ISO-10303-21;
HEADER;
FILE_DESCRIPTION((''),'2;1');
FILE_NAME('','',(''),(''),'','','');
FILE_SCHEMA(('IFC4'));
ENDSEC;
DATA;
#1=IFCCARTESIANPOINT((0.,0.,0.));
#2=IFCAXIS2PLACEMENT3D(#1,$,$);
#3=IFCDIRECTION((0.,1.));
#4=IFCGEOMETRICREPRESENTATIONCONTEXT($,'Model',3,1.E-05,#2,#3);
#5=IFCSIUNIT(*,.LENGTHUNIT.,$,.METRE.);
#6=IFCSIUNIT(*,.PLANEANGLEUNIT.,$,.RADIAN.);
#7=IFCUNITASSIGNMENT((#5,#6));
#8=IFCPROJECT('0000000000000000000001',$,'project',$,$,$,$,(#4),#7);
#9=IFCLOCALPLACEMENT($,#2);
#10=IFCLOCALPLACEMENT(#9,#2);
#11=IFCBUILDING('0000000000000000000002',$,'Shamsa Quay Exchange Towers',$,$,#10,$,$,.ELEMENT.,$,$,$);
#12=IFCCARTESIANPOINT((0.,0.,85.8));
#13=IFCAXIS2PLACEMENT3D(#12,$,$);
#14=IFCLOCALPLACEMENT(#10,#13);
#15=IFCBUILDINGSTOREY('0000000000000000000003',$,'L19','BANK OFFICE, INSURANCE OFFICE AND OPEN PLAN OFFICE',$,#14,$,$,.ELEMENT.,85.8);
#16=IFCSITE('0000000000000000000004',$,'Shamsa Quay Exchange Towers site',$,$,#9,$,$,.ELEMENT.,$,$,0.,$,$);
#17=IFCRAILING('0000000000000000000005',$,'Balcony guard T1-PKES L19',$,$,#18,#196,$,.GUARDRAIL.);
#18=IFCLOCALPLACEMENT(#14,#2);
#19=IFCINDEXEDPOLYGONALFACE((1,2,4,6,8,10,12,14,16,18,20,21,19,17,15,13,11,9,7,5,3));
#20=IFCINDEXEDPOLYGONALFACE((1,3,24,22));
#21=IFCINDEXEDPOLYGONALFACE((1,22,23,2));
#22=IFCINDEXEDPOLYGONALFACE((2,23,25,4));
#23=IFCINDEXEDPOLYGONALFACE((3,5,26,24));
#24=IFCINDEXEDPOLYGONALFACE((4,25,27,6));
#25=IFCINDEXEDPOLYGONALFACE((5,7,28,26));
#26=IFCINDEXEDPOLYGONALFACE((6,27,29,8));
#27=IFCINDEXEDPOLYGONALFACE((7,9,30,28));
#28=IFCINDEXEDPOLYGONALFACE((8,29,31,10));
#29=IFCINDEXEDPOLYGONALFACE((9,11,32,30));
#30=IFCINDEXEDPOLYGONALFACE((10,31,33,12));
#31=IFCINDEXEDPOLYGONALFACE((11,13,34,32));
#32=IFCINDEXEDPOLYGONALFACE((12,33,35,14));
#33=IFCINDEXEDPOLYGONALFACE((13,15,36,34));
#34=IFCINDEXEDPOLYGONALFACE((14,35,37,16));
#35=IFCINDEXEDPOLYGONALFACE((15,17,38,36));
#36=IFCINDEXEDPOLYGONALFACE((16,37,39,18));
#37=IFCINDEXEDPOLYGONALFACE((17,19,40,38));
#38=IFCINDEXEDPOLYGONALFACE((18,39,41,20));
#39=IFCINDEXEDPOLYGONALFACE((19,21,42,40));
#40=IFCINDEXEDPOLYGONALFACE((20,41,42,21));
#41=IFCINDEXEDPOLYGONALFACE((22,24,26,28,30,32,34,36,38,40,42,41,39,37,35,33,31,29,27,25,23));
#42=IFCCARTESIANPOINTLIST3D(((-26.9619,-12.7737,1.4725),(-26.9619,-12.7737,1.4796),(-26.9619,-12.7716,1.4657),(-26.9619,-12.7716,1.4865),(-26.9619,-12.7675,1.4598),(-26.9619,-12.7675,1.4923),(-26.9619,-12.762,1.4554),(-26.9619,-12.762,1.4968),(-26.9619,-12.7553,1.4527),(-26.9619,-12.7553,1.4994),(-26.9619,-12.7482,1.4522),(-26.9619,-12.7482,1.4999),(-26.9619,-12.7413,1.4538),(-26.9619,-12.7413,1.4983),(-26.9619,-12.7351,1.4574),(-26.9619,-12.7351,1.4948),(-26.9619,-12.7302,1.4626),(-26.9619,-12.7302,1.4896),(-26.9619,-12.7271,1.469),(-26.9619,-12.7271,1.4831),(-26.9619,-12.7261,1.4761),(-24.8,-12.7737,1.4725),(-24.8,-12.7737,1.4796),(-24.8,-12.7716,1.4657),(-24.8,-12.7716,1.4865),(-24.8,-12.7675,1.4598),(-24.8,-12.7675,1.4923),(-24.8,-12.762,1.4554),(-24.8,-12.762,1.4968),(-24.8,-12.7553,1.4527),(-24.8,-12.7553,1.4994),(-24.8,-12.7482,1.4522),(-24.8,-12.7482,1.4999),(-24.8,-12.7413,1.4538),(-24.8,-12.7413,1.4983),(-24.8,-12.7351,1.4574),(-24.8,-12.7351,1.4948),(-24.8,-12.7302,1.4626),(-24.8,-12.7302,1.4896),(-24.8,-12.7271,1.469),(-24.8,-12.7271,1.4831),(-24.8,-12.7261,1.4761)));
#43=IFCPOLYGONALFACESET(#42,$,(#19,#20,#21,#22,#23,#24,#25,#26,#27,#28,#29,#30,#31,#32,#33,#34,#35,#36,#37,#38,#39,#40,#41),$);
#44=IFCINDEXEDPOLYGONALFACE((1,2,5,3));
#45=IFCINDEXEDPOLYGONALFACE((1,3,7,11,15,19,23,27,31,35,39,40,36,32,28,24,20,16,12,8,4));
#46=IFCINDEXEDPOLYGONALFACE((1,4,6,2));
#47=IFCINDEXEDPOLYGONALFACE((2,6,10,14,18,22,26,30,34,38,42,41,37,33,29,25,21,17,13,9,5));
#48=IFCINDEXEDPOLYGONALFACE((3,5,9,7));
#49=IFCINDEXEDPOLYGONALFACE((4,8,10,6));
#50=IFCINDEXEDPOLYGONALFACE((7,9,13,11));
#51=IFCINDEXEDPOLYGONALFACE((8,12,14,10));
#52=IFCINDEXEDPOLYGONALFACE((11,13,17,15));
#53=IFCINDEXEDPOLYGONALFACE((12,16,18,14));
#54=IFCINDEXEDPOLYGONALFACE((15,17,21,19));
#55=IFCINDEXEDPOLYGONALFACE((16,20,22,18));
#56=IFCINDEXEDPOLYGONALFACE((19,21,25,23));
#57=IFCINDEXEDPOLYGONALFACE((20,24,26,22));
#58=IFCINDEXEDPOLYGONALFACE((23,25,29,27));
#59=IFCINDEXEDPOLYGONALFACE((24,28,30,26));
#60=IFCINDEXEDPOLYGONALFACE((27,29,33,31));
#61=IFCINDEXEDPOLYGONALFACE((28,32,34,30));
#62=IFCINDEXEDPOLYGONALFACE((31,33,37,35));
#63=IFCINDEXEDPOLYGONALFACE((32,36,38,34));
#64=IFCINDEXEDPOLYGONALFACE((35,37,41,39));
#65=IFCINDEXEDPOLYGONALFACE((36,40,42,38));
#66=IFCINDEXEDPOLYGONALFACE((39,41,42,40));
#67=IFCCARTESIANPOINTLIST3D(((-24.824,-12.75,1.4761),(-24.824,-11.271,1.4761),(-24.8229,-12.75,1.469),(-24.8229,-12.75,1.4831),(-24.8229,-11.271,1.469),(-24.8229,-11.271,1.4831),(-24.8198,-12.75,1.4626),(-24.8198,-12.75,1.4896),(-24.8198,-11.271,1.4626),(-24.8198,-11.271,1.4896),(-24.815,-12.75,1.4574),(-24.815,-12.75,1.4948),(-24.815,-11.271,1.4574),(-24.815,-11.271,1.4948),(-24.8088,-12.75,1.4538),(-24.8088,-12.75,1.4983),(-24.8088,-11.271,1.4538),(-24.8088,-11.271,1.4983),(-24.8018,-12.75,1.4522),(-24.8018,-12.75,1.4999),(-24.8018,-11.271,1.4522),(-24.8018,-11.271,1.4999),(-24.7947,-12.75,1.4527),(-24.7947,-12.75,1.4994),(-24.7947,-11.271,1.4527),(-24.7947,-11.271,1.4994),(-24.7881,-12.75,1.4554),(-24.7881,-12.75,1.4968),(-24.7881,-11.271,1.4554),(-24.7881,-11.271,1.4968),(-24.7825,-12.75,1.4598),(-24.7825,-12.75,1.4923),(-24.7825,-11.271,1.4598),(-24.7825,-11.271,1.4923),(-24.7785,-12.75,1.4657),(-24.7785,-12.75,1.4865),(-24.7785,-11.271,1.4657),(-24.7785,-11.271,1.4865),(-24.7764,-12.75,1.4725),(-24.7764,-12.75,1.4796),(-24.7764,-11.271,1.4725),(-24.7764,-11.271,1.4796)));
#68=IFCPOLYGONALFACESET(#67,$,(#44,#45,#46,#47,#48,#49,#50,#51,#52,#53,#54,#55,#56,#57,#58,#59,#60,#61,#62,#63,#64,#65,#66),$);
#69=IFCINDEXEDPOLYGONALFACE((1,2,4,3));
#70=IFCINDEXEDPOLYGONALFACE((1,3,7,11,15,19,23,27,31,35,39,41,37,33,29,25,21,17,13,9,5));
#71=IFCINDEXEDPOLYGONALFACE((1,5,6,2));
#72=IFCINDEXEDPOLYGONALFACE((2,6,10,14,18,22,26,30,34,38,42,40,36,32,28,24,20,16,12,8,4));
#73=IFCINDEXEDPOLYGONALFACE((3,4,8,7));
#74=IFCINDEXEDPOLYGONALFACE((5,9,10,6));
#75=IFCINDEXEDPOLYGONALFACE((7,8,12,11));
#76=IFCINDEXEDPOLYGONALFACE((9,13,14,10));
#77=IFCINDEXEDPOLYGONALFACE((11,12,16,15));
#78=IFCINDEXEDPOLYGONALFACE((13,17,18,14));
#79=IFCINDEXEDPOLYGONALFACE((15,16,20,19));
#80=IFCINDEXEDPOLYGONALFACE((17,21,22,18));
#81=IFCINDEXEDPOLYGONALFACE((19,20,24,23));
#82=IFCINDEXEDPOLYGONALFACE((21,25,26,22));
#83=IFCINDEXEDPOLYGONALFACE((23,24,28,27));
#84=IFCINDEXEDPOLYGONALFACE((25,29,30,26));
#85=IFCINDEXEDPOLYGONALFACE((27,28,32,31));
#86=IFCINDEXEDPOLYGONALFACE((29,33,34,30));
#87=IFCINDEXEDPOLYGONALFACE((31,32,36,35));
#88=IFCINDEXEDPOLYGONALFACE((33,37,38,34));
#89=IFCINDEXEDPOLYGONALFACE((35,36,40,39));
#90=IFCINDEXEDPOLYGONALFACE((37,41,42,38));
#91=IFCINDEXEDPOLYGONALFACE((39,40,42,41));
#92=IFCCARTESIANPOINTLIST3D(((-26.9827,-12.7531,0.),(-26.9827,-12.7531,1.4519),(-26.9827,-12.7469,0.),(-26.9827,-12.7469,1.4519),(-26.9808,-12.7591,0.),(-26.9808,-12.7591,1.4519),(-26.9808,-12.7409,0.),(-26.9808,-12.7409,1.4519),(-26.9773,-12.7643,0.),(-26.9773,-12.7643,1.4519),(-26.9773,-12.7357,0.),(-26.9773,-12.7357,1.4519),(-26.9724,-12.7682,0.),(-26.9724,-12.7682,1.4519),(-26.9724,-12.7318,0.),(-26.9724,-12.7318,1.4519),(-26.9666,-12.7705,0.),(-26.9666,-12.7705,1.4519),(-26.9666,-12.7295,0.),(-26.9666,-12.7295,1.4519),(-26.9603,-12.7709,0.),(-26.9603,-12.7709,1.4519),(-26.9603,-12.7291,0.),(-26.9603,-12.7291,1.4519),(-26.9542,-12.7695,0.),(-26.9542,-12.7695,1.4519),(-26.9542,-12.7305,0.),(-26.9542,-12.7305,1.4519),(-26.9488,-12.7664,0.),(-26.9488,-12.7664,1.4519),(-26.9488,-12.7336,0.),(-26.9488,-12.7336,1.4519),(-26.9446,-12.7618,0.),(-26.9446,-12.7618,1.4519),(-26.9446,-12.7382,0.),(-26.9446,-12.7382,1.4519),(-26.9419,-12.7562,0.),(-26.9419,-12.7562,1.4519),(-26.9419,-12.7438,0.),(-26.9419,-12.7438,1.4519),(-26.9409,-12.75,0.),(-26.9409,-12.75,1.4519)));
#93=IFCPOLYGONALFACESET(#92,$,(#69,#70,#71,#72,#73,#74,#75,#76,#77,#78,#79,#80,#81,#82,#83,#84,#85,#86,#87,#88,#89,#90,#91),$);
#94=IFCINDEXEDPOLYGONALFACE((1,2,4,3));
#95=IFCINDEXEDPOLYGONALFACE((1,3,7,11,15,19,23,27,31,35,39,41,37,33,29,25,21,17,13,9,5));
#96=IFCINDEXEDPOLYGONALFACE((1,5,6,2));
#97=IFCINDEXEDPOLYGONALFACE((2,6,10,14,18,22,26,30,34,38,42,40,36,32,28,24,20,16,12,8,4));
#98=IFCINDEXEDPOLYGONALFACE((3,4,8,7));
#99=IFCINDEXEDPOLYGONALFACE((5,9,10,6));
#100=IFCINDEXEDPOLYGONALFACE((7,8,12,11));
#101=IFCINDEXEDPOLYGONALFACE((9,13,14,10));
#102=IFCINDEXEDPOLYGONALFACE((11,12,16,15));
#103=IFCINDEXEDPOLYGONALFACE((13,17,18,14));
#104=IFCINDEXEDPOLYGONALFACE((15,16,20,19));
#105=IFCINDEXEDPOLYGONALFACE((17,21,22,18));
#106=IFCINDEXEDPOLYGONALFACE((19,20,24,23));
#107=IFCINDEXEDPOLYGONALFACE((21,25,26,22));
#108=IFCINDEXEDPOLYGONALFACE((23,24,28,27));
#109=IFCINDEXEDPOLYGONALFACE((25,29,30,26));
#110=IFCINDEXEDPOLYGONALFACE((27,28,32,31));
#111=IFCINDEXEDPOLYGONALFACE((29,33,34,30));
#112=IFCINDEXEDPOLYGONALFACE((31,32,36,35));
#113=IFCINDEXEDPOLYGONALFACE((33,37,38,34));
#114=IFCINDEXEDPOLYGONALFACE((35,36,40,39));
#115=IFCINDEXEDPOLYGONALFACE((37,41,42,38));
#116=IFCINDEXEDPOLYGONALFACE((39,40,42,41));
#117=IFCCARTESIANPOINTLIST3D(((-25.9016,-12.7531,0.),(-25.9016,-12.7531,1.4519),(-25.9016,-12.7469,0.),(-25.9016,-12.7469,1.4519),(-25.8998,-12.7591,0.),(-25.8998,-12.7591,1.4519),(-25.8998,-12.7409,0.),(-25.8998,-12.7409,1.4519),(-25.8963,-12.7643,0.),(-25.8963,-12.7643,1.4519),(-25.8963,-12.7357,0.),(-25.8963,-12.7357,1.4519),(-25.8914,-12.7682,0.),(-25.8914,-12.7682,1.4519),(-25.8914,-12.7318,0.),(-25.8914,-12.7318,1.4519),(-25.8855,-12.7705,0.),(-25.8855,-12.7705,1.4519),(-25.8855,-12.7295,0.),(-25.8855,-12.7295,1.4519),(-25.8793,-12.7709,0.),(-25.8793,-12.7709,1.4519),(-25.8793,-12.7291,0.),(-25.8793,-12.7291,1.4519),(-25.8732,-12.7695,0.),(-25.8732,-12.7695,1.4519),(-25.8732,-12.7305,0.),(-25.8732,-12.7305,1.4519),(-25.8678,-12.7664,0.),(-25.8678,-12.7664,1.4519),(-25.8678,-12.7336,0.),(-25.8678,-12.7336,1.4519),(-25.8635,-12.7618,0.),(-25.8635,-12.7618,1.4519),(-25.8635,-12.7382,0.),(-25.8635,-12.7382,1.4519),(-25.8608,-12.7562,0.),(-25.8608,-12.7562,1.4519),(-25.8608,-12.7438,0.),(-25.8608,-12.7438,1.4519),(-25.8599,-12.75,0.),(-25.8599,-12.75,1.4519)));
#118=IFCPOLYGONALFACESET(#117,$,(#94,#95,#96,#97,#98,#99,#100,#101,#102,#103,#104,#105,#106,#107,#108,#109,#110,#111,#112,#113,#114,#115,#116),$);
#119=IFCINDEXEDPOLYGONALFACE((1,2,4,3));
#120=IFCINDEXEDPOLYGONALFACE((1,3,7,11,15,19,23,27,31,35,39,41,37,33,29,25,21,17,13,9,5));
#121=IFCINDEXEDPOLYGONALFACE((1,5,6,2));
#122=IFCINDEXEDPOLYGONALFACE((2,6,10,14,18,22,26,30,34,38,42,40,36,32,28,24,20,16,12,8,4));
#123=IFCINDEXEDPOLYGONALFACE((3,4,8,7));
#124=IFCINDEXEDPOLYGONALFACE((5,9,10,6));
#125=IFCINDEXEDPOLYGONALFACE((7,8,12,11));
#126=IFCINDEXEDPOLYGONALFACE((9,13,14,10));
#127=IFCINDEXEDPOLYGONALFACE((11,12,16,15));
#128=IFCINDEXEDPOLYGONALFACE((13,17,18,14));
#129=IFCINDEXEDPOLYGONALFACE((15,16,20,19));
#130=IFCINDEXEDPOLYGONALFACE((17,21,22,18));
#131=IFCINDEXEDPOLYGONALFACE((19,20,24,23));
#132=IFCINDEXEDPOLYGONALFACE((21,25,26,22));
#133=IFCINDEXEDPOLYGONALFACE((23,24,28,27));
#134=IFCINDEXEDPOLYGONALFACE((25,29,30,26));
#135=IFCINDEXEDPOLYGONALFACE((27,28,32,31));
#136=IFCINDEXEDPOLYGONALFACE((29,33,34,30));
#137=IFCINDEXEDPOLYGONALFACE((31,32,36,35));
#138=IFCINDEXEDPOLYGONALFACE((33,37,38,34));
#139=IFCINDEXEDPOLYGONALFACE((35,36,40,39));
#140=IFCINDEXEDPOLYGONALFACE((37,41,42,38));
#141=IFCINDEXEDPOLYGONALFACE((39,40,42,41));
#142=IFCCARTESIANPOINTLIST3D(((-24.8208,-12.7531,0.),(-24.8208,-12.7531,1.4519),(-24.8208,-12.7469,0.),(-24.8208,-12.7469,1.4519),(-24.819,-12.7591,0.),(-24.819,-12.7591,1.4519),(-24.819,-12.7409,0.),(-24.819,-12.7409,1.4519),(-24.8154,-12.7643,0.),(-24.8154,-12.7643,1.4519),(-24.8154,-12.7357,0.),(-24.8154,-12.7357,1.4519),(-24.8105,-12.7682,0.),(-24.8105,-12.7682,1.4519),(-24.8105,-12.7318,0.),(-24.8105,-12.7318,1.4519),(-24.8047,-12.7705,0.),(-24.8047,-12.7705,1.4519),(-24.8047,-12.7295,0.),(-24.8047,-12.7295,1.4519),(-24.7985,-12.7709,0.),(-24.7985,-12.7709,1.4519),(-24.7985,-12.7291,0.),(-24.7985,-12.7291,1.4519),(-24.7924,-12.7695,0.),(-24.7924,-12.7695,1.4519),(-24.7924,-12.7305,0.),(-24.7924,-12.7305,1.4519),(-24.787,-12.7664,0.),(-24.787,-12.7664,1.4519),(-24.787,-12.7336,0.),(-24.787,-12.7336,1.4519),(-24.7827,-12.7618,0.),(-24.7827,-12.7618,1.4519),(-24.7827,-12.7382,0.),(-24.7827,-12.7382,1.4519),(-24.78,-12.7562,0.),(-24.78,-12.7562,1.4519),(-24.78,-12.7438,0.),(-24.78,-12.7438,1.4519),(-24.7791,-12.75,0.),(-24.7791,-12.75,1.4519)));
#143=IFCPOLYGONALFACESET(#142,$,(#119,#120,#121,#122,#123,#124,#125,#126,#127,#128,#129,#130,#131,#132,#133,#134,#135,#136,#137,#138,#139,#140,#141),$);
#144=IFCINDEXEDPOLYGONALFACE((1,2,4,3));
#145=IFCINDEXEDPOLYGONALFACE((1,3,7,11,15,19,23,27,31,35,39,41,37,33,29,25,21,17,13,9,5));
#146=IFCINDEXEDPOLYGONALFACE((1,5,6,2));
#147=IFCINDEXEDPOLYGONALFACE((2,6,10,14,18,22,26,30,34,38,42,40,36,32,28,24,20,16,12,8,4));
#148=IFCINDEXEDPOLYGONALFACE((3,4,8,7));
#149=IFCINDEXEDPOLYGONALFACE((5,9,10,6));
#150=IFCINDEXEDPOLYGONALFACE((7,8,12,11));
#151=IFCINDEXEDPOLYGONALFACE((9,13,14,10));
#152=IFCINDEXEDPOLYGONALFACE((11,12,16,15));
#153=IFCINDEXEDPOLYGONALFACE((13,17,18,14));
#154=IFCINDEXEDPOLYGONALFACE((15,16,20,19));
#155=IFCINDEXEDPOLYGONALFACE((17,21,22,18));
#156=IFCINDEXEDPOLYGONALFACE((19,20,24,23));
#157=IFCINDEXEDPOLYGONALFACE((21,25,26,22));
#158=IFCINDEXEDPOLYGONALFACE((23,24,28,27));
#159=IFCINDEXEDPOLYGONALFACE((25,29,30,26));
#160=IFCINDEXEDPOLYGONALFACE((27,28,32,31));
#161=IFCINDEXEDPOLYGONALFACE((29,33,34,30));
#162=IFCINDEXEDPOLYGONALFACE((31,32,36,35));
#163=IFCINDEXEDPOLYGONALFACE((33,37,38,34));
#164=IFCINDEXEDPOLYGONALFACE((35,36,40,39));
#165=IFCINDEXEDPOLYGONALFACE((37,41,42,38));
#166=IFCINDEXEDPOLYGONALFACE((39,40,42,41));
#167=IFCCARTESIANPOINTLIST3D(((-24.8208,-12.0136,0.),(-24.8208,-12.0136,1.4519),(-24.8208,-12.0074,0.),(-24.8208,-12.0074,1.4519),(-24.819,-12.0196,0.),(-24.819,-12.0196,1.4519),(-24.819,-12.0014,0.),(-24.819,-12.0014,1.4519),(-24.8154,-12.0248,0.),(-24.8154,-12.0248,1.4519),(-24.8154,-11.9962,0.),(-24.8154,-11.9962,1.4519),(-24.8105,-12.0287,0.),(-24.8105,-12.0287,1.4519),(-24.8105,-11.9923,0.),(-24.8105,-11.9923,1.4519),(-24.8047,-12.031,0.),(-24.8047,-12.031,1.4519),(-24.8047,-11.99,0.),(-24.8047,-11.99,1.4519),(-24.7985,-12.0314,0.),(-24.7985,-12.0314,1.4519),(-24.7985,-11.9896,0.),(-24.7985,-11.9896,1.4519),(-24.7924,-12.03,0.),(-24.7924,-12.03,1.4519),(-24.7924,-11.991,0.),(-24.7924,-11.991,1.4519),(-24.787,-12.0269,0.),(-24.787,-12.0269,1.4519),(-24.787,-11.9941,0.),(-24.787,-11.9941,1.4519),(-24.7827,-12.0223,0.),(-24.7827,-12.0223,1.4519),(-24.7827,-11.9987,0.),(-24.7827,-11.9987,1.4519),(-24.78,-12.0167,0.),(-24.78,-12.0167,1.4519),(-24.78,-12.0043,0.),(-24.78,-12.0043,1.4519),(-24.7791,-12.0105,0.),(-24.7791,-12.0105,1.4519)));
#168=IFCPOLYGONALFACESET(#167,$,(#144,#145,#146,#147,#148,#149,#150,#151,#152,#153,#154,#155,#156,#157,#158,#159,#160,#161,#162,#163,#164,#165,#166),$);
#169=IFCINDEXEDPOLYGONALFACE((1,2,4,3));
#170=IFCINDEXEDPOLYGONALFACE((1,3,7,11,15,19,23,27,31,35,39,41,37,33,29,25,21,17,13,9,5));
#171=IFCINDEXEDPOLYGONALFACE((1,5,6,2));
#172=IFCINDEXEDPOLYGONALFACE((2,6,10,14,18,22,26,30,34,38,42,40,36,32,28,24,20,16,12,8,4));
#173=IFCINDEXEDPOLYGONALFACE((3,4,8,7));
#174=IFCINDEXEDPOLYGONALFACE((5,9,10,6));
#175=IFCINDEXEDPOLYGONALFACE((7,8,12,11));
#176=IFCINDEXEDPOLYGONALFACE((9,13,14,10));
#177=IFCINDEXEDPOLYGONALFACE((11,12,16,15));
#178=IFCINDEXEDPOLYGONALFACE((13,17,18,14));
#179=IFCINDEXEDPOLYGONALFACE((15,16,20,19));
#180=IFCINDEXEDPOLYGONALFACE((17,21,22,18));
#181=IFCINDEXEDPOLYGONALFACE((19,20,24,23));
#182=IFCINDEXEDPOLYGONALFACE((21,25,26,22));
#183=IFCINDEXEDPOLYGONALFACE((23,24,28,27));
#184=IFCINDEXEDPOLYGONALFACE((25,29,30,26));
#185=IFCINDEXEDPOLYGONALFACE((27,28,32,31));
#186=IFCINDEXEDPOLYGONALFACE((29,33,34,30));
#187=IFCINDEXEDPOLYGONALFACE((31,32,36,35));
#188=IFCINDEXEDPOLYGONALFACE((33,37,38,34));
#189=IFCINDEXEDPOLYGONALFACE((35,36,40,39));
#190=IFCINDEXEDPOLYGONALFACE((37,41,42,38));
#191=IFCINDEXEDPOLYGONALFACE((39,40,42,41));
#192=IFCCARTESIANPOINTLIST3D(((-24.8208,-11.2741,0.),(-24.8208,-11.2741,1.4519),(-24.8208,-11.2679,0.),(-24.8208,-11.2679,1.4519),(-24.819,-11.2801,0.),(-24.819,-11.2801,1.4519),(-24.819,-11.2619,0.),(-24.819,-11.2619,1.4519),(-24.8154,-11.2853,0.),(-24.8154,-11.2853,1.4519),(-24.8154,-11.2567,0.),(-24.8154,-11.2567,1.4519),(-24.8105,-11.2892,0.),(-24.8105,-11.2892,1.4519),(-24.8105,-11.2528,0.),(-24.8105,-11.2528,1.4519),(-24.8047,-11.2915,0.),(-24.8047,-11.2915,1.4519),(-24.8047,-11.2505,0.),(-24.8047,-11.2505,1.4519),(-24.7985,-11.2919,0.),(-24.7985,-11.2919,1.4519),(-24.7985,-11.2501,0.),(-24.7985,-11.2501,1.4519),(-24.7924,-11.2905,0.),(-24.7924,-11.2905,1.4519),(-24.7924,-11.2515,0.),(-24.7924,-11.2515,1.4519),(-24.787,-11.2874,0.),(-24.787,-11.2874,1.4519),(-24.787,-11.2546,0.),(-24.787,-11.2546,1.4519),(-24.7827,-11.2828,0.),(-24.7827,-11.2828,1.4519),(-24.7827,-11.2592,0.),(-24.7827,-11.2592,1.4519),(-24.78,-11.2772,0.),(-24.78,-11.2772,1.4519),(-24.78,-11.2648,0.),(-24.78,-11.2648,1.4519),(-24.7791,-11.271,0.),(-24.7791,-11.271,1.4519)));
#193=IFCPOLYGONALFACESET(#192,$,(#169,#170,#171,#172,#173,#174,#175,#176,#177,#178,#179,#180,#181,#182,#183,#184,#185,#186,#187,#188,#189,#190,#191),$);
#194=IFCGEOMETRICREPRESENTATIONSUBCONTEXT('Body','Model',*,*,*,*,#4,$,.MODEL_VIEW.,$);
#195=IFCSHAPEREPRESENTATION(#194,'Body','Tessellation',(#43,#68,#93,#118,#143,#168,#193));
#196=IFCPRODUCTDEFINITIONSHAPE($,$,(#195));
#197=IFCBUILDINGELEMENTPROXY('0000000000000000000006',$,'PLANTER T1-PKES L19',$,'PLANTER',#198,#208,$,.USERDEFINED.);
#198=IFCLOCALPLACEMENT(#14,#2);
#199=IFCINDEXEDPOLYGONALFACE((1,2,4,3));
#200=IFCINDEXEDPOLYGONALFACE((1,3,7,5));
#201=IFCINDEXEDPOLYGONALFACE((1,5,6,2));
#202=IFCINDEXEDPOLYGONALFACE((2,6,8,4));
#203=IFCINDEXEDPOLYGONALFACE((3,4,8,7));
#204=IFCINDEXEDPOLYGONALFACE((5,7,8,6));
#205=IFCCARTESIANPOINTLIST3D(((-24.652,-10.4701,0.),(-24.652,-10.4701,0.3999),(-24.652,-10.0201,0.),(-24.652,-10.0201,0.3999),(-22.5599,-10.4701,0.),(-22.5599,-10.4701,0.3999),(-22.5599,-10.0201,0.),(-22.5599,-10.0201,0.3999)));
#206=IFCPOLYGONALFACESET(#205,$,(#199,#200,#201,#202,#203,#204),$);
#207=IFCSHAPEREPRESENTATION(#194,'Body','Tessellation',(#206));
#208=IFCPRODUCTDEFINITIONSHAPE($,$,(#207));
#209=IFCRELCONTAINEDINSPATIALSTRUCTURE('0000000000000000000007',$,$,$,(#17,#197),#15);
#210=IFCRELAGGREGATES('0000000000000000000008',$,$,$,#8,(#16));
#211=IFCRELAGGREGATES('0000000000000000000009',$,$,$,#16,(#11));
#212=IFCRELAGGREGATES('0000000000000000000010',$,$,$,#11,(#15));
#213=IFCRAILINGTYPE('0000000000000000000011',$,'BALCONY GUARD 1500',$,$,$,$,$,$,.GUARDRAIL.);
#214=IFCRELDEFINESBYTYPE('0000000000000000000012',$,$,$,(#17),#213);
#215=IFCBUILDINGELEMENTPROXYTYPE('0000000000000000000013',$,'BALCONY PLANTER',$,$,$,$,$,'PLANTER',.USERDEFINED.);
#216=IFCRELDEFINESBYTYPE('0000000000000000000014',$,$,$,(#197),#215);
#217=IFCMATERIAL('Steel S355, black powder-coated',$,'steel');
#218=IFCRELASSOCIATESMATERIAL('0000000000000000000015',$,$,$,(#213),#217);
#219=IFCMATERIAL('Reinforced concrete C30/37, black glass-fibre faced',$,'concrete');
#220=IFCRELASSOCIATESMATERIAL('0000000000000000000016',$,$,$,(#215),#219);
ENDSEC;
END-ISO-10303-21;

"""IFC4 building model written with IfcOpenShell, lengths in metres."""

from ifc_helpers import new_model, si_unit, direction, frame, origin, origin_2d, place, context, subcontext, project, spatial, rectangle, circle, extrude, material, type_object, element, save


model = new_model("IFC4")

# Units and contexts
model_context = context("Model", 3, precision=1e-05, world=origin(), true_north=direction((0.0, 1.0)))
body_context = subcontext(model_context, "Body", "Model", "MODEL_VIEW")
ifc_project = project(units=[si_unit("LENGTHUNIT", "METRE"), si_unit("PLANEANGLEUNIT", "RADIAN")], contexts=[model_context])

# Site, building, storey
site_placement = place(None, origin())
site = spatial("IfcSite", under=ifc_project, at=site_placement, Name="Shamsa Quay Exchange Towers site", CompositionType="ELEMENT", RefElevation=0.0)
building_placement = place(site_placement, origin())
building = spatial("IfcBuilding", under=site, at=building_placement, Name="Shamsa Quay Exchange Towers", CompositionType="ELEMENT")
storey_placement = place(building_placement, frame((0.0, 0.0, 85.8)))
storey = spatial("IfcBuildingStorey", under=building, at=storey_placement, Name="L19", Description="BANK OFFICE, INSURANCE OFFICE AND OPEN PLAN OFFICE", CompositionType="ELEMENT", Elevation=85.8)

# Railing
ifc_material_1 = material(Name="Steel S355, black powder-coated", Category="steel")
railing_type_1 = type_object("IfcRailingType", Name="BALCONY GUARD 1500", PredefinedType="GUARDRAIL", material=ifc_material_1)
for number, where, name in (
    (1, (-26.9619, -12.75, 0.0), "Balcony guard T1-PKES L19"),
):
    element("IfcRailing", number, at=place(storey_placement, frame(where)), inside=storey, type_object=railing_type_1, Name=name, PredefinedType="GUARDRAIL", context=body_context, shape_type="SweptSolid", body=[
        extrude(circle(Radius=0.0239, at=origin_2d()), frame((0.0, 0.0, 1.4761), z_axis=(1.0, 0.0, 0.0), x_axis=(0.0, 1.0, 0.0)), (0.0, 0.0, 1.0), 2.1619),
        extrude(circle(Radius=0.0239, at=origin_2d()), frame((2.1619, 0.0, 1.4761), z_axis=(0.0, 1.0, 0.0), x_axis=(-1.0, 0.0, 0.0)), (0.0, 0.0, 1.0), 1.479),
        extrude(circle(Radius=0.021, at=origin_2d()), origin(), (0.0, 0.0, 1.0), 1.4519),
        extrude(circle(Radius=0.021, at=origin_2d()), frame((1.0811, 0.0, 0.0)), (0.0, 0.0, 1.0), 1.4519),
        extrude(circle(Radius=0.021, at=origin_2d()), frame((2.1619, 0.0, 0.0)), (0.0, 0.0, 1.0), 1.4519),
        extrude(circle(Radius=0.021, at=origin_2d()), frame((2.1619, 0.7395, 0.0)), (0.0, 0.0, 1.0), 1.4519),
        extrude(circle(Radius=0.021, at=origin_2d()), frame((2.1619, 1.479, 0.0)), (0.0, 0.0, 1.0), 1.4519),
    ])

# Building element proxy
ifc_material_2 = material(Name="Reinforced concrete C30/37, black glass-fibre faced", Category="concrete")
building_element_proxy_type = type_object("IfcBuildingElementProxyType", Name="BALCONY PLANTER", ElementType="PLANTER", PredefinedType="USERDEFINED", material=ifc_material_2)
for number, where, name in (
    (2, (-23.606, -10.2451, 0.0), "PLANTER T1-PKES L19"),
):
    element("IfcBuildingElementProxy", number, at=place(storey_placement, frame(where)), inside=storey, type_object=building_element_proxy_type, Name=name, ObjectType="PLANTER", PredefinedType="USERDEFINED", context=body_context, shape_type="SweptSolid", body=[
        extrude(rectangle(XDim=2.092, YDim=0.45, at=origin_2d()), origin(), (0.0, 0.0, 1.0), 0.3999),
    ])

save(model, "model.ifc")
